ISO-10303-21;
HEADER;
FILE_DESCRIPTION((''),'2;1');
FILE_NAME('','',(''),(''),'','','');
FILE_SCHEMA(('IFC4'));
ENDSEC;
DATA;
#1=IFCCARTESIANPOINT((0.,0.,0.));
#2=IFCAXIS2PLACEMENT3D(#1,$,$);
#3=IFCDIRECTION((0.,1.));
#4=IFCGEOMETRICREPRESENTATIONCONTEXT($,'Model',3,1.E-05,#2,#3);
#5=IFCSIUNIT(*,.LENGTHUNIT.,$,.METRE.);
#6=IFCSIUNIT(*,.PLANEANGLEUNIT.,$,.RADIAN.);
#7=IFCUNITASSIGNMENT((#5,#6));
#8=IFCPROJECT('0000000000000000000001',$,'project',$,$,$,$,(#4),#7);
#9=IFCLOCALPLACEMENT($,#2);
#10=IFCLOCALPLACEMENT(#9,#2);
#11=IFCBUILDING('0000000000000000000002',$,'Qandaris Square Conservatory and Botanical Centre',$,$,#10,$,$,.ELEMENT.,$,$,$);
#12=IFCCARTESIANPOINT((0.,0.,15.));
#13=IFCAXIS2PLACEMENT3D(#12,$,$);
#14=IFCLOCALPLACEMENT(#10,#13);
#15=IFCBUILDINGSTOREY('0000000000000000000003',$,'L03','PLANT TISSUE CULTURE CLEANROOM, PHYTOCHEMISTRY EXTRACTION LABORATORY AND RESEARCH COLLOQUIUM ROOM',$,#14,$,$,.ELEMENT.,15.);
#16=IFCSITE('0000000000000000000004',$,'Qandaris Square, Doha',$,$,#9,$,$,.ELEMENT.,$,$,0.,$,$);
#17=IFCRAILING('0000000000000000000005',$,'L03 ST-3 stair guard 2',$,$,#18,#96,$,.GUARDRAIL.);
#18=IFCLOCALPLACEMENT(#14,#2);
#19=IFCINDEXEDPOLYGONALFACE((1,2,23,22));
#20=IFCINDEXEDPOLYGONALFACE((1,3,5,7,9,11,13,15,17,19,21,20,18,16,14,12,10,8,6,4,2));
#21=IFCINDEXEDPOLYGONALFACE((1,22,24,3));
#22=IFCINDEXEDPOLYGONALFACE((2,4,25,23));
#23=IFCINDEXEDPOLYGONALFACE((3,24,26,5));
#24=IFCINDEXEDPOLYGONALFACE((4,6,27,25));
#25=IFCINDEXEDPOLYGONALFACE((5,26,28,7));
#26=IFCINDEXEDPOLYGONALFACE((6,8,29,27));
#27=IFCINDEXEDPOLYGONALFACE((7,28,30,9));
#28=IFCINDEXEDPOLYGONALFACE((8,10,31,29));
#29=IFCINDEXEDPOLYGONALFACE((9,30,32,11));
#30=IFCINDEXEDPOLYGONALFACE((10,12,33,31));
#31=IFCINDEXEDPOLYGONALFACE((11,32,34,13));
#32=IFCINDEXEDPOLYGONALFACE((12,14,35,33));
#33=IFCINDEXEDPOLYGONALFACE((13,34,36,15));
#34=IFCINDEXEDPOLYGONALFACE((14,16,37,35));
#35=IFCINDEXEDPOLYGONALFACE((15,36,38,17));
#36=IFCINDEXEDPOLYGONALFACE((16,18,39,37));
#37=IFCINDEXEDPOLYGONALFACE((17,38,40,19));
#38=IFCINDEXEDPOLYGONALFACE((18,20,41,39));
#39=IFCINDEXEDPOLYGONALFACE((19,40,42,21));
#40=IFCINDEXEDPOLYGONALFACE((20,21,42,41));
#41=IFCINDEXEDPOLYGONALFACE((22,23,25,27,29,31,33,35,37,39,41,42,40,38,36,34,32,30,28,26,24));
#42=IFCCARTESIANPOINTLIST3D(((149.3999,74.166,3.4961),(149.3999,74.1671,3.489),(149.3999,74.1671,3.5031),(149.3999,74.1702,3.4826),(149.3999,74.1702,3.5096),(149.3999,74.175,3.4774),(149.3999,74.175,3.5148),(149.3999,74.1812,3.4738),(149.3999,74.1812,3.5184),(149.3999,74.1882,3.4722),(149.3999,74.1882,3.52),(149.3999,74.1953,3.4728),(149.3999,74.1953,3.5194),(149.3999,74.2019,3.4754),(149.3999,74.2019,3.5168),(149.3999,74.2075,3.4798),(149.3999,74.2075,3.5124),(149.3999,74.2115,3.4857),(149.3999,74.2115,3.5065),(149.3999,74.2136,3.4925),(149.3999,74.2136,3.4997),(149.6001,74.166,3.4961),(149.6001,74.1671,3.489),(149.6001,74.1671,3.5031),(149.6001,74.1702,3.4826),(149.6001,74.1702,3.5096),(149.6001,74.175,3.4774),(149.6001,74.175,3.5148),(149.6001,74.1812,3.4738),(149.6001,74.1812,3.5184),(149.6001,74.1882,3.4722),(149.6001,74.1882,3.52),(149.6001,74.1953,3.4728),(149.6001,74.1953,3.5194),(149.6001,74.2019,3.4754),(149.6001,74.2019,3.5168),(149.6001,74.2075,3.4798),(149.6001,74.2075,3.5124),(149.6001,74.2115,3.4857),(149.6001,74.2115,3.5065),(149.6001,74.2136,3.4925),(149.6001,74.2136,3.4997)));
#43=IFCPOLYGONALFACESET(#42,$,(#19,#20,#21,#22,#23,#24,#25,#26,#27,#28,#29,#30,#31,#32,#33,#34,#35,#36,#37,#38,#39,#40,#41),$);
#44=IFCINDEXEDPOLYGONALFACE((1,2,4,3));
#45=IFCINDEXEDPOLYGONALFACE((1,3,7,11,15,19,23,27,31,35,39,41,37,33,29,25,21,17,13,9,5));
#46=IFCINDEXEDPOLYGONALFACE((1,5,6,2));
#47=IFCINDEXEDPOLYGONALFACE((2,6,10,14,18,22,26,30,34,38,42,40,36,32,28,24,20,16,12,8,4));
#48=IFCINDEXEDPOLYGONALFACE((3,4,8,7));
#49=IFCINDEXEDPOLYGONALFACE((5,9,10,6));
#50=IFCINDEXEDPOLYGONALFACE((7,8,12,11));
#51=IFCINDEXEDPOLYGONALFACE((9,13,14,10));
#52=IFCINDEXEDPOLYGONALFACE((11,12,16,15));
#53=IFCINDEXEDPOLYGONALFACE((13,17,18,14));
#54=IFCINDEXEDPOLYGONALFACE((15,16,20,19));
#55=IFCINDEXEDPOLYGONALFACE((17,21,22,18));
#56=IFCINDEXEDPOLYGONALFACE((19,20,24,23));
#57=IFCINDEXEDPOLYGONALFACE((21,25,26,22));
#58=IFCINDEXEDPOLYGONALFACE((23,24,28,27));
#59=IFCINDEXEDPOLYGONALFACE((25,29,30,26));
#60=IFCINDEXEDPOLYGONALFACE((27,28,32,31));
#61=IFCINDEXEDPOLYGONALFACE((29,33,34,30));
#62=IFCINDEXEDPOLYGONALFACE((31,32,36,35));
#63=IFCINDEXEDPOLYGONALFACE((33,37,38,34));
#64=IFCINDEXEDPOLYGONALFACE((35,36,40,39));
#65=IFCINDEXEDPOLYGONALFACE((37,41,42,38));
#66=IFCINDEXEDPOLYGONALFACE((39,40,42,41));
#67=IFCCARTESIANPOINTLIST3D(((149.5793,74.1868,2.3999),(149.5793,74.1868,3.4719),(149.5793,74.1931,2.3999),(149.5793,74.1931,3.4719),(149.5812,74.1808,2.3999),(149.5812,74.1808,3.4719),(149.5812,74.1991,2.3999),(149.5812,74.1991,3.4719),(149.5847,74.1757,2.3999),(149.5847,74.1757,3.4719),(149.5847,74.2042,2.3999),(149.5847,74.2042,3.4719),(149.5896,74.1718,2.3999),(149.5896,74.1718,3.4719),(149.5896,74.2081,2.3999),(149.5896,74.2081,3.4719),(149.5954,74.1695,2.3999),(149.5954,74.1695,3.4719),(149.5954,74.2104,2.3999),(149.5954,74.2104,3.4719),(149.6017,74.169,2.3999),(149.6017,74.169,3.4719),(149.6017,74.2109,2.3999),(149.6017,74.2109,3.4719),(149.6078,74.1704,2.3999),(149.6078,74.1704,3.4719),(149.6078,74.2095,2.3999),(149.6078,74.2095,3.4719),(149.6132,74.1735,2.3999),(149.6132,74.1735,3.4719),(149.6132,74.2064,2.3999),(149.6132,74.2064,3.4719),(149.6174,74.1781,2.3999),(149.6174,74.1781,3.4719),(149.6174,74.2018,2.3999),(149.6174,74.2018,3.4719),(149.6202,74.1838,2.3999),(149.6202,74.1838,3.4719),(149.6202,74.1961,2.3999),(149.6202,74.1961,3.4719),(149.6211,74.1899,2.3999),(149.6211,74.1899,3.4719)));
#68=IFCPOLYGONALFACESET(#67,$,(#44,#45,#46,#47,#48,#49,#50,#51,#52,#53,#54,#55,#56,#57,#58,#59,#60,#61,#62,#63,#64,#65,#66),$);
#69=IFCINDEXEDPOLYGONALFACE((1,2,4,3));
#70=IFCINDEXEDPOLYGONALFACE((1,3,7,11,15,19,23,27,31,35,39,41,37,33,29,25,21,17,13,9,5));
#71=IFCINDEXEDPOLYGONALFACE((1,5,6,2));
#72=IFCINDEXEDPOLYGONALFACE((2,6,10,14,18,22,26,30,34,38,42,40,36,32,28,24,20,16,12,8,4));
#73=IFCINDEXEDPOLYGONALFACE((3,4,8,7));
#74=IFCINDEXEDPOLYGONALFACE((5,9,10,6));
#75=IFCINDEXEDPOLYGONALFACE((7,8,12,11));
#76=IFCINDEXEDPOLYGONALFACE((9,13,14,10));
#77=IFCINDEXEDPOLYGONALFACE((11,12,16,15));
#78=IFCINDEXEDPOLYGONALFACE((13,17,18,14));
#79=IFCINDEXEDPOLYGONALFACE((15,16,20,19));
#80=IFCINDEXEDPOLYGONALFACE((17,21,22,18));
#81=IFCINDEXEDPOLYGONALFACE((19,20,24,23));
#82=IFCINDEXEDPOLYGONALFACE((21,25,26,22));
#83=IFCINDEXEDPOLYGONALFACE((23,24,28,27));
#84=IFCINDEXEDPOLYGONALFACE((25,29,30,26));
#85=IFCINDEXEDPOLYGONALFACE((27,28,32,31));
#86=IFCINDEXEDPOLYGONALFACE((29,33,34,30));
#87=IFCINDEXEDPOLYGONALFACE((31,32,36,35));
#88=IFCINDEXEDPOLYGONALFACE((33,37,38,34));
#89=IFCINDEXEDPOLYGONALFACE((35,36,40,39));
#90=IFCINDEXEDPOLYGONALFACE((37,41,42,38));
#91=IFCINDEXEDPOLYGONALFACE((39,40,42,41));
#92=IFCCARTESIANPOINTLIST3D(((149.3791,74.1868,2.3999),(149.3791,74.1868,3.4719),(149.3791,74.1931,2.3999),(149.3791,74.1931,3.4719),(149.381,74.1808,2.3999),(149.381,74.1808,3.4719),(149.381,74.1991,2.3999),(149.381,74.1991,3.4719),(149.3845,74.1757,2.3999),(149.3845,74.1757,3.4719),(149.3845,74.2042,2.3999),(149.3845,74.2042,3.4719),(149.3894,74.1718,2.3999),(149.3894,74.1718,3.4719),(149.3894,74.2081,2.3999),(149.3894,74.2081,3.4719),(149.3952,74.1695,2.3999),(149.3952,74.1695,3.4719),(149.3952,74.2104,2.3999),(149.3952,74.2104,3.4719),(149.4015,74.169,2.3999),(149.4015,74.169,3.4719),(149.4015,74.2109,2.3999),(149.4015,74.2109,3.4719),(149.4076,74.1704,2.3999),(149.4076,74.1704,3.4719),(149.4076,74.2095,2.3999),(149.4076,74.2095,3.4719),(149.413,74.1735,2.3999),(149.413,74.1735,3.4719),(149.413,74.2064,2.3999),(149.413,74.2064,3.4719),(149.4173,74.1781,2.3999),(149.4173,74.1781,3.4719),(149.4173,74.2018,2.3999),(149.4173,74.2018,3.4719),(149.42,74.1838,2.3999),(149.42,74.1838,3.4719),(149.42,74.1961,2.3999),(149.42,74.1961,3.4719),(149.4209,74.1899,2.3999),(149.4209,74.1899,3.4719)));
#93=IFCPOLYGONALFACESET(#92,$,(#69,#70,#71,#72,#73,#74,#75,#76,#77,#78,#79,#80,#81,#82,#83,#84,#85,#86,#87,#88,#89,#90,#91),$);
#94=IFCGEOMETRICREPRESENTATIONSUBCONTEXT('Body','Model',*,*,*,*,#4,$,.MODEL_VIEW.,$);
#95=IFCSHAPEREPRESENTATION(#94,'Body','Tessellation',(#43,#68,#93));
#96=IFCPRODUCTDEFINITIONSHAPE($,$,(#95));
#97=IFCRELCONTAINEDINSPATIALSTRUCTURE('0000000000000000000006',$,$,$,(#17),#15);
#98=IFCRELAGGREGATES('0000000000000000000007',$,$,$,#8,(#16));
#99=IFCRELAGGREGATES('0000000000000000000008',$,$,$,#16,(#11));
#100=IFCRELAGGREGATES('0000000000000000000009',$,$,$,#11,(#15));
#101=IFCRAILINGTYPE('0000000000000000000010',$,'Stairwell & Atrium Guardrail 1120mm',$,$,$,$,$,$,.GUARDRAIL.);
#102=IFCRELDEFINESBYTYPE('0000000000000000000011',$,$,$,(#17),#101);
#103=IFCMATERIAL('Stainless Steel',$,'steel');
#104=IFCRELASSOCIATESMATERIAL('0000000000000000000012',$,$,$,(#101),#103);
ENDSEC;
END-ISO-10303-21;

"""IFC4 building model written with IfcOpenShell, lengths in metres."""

from ifc_helpers import new_model, si_unit, direction, frame, origin, origin_2d, place, context, subcontext, project, spatial, circle, extrude, material, type_object, element, save


model = new_model("IFC4")

# Units and contexts
model_context = context("Model", 3, precision=1e-05, world=origin(), true_north=direction((0.0, 1.0)))
body_context = subcontext(model_context, "Body", "Model", "MODEL_VIEW")
ifc_project = project(units=[si_unit("LENGTHUNIT", "METRE"), si_unit("PLANEANGLEUNIT", "RADIAN")], contexts=[model_context])

# Site, building, storey
site_placement = place(None, origin())
site = spatial("IfcSite", under=ifc_project, at=site_placement, Name="Qandaris Square, Doha", CompositionType="ELEMENT", RefElevation=0.0)
building_placement = place(site_placement, origin())
building = spatial("IfcBuilding", under=site, at=building_placement, Name="Qandaris Square Conservatory and Botanical Centre", CompositionType="ELEMENT")
storey_placement = place(building_placement, frame((0.0, 0.0, 15.0)))
storey = spatial("IfcBuildingStorey", under=building, at=storey_placement, Name="L03", Description="PLANT TISSUE CULTURE CLEANROOM, PHYTOCHEMISTRY EXTRACTION LABORATORY AND RESEARCH COLLOQUIUM ROOM", CompositionType="ELEMENT", Elevation=15.0)

# Railing
ifc_material_1 = material(Name="Stainless Steel", Category="steel")
railing_type_1 = type_object("IfcRailingType", Name="Stairwell & Atrium Guardrail 1120mm", PredefinedType="GUARDRAIL", material=ifc_material_1)
railing_1_placement = place(storey_placement, frame((149.6001, 74.1899, 2.3999)))
element("IfcRailing", 1, at=railing_1_placement, inside=storey, type_object=railing_type_1, Name="L03 ST-3 stair guard 2", PredefinedType="GUARDRAIL", context=body_context, shape_type="SweptSolid", body=[
    extrude(circle(Radius=0.0239, at=origin_2d()), frame((0.0, 0.0, 1.0962), z_axis=(-1.0, 0.0, 0.0), x_axis=(0.0, -1.0, 0.0)), (0.0, 0.0, 1.0), 0.2002),
    extrude(circle(Radius=0.021, at=origin_2d()), origin(), (0.0, 0.0, 1.0), 1.072),
    extrude(circle(Radius=0.021, at=origin_2d()), frame((-0.2002, 0.0, 0.0)), (0.0, 0.0, 1.0), 1.072),
])

save(model, "model.ifc")
